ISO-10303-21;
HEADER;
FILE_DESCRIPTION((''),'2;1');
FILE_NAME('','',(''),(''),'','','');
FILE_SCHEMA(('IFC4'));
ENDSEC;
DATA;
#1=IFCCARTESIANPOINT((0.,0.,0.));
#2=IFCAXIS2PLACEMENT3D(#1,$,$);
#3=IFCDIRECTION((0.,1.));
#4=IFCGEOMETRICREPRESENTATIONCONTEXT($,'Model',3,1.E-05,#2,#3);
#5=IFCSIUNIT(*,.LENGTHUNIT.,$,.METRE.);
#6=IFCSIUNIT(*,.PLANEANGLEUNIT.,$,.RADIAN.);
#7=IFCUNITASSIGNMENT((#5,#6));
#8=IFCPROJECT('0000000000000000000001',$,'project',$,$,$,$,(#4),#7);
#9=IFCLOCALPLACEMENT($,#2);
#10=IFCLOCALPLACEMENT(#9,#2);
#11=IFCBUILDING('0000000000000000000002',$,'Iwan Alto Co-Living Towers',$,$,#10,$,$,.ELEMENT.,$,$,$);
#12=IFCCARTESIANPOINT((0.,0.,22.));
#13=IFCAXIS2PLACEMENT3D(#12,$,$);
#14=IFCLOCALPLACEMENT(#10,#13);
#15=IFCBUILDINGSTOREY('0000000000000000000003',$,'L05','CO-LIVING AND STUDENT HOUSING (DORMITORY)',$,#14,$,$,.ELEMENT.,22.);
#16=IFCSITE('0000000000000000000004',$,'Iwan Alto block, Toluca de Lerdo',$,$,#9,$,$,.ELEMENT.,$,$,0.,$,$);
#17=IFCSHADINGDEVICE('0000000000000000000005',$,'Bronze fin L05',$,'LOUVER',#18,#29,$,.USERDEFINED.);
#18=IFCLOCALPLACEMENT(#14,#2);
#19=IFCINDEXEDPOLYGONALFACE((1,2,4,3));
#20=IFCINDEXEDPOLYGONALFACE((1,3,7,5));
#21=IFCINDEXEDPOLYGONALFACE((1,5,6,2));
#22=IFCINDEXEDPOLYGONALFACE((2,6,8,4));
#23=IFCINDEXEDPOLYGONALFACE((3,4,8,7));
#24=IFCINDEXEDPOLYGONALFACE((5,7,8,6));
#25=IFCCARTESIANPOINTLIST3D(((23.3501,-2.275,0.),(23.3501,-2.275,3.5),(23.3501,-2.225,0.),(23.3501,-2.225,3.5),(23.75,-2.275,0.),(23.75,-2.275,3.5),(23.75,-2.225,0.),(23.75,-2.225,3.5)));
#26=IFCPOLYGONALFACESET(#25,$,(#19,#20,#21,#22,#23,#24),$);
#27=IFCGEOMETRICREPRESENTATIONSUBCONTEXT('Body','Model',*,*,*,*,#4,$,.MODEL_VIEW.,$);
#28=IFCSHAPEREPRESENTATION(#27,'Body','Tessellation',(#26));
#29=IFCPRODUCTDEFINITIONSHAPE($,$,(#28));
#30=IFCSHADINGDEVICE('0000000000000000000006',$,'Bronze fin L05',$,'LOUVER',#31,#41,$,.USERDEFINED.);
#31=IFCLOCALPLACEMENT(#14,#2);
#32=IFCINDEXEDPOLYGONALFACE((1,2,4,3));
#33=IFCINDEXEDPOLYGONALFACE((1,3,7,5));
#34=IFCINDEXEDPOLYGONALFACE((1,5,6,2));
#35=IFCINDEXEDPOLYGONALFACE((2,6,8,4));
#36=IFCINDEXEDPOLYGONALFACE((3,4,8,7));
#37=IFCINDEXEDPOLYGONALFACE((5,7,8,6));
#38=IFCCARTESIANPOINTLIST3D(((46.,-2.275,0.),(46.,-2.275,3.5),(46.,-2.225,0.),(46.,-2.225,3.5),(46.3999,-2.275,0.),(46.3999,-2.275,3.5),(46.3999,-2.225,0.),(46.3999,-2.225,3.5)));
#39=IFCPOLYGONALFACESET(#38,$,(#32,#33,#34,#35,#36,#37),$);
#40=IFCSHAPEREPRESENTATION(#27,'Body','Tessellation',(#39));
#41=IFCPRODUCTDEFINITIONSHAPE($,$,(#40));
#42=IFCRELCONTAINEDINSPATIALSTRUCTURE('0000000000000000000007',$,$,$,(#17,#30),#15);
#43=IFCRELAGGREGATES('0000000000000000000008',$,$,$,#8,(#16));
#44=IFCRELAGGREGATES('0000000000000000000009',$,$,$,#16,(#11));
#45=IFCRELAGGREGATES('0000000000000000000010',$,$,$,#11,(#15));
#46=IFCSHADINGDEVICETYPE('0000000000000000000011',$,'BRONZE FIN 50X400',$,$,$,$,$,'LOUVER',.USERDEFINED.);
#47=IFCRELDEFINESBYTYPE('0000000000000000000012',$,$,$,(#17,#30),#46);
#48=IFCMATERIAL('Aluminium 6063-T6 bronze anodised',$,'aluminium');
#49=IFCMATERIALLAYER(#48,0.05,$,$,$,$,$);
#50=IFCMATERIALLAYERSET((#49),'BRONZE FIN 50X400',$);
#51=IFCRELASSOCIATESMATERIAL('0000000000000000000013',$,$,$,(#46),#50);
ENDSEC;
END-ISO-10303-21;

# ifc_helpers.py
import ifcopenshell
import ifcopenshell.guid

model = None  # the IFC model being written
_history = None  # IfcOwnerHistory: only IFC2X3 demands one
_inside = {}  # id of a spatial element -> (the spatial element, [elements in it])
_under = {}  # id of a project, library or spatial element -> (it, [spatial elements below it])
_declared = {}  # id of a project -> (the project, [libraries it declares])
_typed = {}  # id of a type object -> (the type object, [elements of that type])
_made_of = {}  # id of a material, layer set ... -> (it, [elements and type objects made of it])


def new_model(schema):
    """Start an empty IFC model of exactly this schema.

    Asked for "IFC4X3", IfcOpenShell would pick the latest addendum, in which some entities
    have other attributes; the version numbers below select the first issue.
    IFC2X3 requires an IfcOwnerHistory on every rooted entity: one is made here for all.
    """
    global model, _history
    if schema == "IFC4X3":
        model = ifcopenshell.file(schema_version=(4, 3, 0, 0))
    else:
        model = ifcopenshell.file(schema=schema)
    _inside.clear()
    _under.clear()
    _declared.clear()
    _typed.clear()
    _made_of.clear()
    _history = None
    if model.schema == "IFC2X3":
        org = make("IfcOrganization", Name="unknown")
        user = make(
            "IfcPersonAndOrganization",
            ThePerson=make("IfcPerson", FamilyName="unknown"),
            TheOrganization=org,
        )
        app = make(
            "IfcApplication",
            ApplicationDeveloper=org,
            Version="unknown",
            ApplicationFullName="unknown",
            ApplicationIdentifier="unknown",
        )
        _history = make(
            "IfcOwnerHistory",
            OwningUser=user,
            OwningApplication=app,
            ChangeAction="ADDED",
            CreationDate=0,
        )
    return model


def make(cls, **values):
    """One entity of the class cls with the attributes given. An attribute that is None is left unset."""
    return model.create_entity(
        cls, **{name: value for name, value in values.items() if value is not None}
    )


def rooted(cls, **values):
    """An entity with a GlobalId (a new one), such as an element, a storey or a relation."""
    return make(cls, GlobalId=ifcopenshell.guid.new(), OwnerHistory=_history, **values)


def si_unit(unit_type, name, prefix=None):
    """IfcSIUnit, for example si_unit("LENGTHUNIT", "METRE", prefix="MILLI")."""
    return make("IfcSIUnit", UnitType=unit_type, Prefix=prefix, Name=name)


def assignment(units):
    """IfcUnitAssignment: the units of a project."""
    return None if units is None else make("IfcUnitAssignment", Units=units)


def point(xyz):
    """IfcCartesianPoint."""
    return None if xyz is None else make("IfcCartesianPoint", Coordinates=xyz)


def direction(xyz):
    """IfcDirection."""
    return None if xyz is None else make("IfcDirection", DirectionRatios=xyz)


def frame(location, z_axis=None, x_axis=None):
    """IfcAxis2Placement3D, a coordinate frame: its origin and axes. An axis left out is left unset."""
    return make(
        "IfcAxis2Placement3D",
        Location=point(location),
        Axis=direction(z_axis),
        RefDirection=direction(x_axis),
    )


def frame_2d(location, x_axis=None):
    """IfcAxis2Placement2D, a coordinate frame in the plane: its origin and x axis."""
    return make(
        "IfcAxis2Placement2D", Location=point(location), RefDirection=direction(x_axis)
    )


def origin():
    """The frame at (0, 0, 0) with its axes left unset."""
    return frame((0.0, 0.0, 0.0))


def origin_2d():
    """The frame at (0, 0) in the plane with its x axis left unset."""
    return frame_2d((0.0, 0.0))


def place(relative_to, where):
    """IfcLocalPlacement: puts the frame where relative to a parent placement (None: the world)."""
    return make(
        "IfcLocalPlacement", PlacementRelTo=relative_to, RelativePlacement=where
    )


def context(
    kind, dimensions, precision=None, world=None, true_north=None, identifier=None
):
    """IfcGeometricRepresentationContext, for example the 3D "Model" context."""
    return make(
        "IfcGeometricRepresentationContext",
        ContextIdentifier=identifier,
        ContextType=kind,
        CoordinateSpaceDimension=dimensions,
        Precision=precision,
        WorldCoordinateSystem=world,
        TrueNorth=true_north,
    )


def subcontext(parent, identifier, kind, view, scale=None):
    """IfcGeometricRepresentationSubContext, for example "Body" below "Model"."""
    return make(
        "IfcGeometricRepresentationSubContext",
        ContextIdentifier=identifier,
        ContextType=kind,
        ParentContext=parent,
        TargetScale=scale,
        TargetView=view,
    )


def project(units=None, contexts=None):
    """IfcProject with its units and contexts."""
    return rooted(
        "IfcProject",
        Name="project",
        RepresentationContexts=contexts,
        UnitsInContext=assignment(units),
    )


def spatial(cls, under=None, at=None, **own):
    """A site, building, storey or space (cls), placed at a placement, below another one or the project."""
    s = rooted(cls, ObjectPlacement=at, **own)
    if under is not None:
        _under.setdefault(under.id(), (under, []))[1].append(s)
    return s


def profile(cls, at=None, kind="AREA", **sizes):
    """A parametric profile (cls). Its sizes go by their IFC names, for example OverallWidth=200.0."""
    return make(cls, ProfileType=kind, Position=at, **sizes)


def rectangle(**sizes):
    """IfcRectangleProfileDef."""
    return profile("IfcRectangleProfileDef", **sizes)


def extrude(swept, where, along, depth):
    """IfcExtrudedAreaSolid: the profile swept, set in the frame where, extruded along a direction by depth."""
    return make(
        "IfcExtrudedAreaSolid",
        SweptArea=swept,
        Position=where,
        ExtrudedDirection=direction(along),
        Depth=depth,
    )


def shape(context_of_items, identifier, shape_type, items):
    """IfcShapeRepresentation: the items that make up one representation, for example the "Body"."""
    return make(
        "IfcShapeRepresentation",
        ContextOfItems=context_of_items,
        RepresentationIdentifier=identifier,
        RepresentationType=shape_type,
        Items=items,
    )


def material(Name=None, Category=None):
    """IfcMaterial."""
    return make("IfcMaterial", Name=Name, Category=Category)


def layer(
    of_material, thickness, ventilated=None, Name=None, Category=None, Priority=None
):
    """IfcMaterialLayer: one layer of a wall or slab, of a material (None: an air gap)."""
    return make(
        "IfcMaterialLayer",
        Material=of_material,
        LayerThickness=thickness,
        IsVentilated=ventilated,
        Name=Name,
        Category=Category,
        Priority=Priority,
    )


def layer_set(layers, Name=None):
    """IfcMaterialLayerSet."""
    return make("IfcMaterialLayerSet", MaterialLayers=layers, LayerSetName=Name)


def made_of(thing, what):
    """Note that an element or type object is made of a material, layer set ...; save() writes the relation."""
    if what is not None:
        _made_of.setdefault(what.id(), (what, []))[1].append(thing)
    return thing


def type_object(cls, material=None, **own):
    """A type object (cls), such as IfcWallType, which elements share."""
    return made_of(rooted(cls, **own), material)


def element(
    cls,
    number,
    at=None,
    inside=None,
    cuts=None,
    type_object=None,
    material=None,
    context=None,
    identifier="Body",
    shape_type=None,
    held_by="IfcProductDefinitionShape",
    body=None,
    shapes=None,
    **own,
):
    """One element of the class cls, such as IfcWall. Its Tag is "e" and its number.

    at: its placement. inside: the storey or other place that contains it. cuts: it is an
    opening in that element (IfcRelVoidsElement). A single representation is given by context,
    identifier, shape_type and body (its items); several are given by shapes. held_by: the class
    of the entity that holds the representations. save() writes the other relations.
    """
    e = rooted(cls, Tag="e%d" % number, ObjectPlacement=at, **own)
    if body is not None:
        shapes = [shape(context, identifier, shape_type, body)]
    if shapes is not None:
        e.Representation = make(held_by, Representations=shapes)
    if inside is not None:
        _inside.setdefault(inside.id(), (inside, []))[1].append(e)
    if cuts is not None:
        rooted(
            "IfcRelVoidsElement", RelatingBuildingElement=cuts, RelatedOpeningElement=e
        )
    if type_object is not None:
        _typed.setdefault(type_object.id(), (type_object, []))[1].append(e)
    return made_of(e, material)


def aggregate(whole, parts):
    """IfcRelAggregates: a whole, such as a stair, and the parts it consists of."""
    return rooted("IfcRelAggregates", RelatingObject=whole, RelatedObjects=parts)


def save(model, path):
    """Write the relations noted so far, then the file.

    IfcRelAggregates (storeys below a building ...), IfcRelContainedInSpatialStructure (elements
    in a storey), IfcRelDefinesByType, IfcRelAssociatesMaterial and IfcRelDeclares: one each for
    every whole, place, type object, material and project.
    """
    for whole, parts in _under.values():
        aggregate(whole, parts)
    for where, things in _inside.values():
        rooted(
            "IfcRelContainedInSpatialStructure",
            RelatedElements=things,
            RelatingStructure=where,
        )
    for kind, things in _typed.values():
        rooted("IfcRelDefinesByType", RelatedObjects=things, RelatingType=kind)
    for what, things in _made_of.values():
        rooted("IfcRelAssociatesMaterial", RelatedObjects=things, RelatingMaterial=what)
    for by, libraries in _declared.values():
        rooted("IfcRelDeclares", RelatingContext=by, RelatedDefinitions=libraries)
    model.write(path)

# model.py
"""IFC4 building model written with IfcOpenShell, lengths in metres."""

from ifc_helpers import new_model, si_unit, direction, frame, origin, origin_2d, place, context, subcontext, project, spatial, rectangle, extrude, material, layer, layer_set, type_object, element, save


model = new_model("IFC4")

# Units and contexts
model_context = context("Model", 3, precision=1e-05, world=origin(), true_north=direction((0.0, 1.0)))
body_context = subcontext(model_context, "Body", "Model", "MODEL_VIEW")
ifc_project = project(units=[si_unit("LENGTHUNIT", "METRE"), si_unit("PLANEANGLEUNIT", "RADIAN")], contexts=[model_context])

# Site, building, storey
site_placement = place(None, origin())
site = spatial("IfcSite", under=ifc_project, at=site_placement, Name="Iwan Alto block, Toluca de Lerdo", CompositionType="ELEMENT", RefElevation=0.0)
building_placement = place(site_placement, origin())
building = spatial("IfcBuilding", under=site, at=building_placement, Name="Iwan Alto Co-Living Towers", CompositionType="ELEMENT")
storey_placement = place(building_placement, frame((0.0, 0.0, 22.0)))
storey = spatial("IfcBuildingStorey", under=building, at=storey_placement, Name="L05", Description="CO-LIVING AND STUDENT HOUSING (DORMITORY)", CompositionType="ELEMENT", Elevation=22.0)

# Shading devices
ifc_material_1 = material(Name="Aluminium 6063-T6 bronze anodised", Category="aluminium")
ifc_layer_1 = layer(ifc_material_1, 0.05)
ifc_layer_set_1 = layer_set([ifc_layer_1], Name="BRONZE FIN 50X400")
shading_device_type = type_object("IfcShadingDeviceType", Name="BRONZE FIN 50X400", ElementType="LOUVER", PredefinedType="USERDEFINED", material=ifc_layer_set_1)
for number, where, z_axis, x_axis, name in (
    (1, (23.55, -2.25, 0.0), (0.0, 0.0, 1.0), (0.0, 1.0, 0.0), "Bronze fin L05"),
    (2, (46.2, -2.25, 0.0), (0.0, 0.0, 1.0), (0.0, -1.0, 0.0), "Bronze fin L05"),
):
    element("IfcShadingDevice", number, at=place(storey_placement, frame(where, z_axis=z_axis, x_axis=x_axis)), inside=storey, type_object=shading_device_type, Name=name, ObjectType="LOUVER", PredefinedType="USERDEFINED", context=body_context, shape_type="SweptSolid", body=[
        extrude(rectangle(XDim=0.05, YDim=0.3999, at=origin_2d()), origin(), (0.0, 0.0, 1.0), 3.5),
    ])

save(model, "model.ifc")
